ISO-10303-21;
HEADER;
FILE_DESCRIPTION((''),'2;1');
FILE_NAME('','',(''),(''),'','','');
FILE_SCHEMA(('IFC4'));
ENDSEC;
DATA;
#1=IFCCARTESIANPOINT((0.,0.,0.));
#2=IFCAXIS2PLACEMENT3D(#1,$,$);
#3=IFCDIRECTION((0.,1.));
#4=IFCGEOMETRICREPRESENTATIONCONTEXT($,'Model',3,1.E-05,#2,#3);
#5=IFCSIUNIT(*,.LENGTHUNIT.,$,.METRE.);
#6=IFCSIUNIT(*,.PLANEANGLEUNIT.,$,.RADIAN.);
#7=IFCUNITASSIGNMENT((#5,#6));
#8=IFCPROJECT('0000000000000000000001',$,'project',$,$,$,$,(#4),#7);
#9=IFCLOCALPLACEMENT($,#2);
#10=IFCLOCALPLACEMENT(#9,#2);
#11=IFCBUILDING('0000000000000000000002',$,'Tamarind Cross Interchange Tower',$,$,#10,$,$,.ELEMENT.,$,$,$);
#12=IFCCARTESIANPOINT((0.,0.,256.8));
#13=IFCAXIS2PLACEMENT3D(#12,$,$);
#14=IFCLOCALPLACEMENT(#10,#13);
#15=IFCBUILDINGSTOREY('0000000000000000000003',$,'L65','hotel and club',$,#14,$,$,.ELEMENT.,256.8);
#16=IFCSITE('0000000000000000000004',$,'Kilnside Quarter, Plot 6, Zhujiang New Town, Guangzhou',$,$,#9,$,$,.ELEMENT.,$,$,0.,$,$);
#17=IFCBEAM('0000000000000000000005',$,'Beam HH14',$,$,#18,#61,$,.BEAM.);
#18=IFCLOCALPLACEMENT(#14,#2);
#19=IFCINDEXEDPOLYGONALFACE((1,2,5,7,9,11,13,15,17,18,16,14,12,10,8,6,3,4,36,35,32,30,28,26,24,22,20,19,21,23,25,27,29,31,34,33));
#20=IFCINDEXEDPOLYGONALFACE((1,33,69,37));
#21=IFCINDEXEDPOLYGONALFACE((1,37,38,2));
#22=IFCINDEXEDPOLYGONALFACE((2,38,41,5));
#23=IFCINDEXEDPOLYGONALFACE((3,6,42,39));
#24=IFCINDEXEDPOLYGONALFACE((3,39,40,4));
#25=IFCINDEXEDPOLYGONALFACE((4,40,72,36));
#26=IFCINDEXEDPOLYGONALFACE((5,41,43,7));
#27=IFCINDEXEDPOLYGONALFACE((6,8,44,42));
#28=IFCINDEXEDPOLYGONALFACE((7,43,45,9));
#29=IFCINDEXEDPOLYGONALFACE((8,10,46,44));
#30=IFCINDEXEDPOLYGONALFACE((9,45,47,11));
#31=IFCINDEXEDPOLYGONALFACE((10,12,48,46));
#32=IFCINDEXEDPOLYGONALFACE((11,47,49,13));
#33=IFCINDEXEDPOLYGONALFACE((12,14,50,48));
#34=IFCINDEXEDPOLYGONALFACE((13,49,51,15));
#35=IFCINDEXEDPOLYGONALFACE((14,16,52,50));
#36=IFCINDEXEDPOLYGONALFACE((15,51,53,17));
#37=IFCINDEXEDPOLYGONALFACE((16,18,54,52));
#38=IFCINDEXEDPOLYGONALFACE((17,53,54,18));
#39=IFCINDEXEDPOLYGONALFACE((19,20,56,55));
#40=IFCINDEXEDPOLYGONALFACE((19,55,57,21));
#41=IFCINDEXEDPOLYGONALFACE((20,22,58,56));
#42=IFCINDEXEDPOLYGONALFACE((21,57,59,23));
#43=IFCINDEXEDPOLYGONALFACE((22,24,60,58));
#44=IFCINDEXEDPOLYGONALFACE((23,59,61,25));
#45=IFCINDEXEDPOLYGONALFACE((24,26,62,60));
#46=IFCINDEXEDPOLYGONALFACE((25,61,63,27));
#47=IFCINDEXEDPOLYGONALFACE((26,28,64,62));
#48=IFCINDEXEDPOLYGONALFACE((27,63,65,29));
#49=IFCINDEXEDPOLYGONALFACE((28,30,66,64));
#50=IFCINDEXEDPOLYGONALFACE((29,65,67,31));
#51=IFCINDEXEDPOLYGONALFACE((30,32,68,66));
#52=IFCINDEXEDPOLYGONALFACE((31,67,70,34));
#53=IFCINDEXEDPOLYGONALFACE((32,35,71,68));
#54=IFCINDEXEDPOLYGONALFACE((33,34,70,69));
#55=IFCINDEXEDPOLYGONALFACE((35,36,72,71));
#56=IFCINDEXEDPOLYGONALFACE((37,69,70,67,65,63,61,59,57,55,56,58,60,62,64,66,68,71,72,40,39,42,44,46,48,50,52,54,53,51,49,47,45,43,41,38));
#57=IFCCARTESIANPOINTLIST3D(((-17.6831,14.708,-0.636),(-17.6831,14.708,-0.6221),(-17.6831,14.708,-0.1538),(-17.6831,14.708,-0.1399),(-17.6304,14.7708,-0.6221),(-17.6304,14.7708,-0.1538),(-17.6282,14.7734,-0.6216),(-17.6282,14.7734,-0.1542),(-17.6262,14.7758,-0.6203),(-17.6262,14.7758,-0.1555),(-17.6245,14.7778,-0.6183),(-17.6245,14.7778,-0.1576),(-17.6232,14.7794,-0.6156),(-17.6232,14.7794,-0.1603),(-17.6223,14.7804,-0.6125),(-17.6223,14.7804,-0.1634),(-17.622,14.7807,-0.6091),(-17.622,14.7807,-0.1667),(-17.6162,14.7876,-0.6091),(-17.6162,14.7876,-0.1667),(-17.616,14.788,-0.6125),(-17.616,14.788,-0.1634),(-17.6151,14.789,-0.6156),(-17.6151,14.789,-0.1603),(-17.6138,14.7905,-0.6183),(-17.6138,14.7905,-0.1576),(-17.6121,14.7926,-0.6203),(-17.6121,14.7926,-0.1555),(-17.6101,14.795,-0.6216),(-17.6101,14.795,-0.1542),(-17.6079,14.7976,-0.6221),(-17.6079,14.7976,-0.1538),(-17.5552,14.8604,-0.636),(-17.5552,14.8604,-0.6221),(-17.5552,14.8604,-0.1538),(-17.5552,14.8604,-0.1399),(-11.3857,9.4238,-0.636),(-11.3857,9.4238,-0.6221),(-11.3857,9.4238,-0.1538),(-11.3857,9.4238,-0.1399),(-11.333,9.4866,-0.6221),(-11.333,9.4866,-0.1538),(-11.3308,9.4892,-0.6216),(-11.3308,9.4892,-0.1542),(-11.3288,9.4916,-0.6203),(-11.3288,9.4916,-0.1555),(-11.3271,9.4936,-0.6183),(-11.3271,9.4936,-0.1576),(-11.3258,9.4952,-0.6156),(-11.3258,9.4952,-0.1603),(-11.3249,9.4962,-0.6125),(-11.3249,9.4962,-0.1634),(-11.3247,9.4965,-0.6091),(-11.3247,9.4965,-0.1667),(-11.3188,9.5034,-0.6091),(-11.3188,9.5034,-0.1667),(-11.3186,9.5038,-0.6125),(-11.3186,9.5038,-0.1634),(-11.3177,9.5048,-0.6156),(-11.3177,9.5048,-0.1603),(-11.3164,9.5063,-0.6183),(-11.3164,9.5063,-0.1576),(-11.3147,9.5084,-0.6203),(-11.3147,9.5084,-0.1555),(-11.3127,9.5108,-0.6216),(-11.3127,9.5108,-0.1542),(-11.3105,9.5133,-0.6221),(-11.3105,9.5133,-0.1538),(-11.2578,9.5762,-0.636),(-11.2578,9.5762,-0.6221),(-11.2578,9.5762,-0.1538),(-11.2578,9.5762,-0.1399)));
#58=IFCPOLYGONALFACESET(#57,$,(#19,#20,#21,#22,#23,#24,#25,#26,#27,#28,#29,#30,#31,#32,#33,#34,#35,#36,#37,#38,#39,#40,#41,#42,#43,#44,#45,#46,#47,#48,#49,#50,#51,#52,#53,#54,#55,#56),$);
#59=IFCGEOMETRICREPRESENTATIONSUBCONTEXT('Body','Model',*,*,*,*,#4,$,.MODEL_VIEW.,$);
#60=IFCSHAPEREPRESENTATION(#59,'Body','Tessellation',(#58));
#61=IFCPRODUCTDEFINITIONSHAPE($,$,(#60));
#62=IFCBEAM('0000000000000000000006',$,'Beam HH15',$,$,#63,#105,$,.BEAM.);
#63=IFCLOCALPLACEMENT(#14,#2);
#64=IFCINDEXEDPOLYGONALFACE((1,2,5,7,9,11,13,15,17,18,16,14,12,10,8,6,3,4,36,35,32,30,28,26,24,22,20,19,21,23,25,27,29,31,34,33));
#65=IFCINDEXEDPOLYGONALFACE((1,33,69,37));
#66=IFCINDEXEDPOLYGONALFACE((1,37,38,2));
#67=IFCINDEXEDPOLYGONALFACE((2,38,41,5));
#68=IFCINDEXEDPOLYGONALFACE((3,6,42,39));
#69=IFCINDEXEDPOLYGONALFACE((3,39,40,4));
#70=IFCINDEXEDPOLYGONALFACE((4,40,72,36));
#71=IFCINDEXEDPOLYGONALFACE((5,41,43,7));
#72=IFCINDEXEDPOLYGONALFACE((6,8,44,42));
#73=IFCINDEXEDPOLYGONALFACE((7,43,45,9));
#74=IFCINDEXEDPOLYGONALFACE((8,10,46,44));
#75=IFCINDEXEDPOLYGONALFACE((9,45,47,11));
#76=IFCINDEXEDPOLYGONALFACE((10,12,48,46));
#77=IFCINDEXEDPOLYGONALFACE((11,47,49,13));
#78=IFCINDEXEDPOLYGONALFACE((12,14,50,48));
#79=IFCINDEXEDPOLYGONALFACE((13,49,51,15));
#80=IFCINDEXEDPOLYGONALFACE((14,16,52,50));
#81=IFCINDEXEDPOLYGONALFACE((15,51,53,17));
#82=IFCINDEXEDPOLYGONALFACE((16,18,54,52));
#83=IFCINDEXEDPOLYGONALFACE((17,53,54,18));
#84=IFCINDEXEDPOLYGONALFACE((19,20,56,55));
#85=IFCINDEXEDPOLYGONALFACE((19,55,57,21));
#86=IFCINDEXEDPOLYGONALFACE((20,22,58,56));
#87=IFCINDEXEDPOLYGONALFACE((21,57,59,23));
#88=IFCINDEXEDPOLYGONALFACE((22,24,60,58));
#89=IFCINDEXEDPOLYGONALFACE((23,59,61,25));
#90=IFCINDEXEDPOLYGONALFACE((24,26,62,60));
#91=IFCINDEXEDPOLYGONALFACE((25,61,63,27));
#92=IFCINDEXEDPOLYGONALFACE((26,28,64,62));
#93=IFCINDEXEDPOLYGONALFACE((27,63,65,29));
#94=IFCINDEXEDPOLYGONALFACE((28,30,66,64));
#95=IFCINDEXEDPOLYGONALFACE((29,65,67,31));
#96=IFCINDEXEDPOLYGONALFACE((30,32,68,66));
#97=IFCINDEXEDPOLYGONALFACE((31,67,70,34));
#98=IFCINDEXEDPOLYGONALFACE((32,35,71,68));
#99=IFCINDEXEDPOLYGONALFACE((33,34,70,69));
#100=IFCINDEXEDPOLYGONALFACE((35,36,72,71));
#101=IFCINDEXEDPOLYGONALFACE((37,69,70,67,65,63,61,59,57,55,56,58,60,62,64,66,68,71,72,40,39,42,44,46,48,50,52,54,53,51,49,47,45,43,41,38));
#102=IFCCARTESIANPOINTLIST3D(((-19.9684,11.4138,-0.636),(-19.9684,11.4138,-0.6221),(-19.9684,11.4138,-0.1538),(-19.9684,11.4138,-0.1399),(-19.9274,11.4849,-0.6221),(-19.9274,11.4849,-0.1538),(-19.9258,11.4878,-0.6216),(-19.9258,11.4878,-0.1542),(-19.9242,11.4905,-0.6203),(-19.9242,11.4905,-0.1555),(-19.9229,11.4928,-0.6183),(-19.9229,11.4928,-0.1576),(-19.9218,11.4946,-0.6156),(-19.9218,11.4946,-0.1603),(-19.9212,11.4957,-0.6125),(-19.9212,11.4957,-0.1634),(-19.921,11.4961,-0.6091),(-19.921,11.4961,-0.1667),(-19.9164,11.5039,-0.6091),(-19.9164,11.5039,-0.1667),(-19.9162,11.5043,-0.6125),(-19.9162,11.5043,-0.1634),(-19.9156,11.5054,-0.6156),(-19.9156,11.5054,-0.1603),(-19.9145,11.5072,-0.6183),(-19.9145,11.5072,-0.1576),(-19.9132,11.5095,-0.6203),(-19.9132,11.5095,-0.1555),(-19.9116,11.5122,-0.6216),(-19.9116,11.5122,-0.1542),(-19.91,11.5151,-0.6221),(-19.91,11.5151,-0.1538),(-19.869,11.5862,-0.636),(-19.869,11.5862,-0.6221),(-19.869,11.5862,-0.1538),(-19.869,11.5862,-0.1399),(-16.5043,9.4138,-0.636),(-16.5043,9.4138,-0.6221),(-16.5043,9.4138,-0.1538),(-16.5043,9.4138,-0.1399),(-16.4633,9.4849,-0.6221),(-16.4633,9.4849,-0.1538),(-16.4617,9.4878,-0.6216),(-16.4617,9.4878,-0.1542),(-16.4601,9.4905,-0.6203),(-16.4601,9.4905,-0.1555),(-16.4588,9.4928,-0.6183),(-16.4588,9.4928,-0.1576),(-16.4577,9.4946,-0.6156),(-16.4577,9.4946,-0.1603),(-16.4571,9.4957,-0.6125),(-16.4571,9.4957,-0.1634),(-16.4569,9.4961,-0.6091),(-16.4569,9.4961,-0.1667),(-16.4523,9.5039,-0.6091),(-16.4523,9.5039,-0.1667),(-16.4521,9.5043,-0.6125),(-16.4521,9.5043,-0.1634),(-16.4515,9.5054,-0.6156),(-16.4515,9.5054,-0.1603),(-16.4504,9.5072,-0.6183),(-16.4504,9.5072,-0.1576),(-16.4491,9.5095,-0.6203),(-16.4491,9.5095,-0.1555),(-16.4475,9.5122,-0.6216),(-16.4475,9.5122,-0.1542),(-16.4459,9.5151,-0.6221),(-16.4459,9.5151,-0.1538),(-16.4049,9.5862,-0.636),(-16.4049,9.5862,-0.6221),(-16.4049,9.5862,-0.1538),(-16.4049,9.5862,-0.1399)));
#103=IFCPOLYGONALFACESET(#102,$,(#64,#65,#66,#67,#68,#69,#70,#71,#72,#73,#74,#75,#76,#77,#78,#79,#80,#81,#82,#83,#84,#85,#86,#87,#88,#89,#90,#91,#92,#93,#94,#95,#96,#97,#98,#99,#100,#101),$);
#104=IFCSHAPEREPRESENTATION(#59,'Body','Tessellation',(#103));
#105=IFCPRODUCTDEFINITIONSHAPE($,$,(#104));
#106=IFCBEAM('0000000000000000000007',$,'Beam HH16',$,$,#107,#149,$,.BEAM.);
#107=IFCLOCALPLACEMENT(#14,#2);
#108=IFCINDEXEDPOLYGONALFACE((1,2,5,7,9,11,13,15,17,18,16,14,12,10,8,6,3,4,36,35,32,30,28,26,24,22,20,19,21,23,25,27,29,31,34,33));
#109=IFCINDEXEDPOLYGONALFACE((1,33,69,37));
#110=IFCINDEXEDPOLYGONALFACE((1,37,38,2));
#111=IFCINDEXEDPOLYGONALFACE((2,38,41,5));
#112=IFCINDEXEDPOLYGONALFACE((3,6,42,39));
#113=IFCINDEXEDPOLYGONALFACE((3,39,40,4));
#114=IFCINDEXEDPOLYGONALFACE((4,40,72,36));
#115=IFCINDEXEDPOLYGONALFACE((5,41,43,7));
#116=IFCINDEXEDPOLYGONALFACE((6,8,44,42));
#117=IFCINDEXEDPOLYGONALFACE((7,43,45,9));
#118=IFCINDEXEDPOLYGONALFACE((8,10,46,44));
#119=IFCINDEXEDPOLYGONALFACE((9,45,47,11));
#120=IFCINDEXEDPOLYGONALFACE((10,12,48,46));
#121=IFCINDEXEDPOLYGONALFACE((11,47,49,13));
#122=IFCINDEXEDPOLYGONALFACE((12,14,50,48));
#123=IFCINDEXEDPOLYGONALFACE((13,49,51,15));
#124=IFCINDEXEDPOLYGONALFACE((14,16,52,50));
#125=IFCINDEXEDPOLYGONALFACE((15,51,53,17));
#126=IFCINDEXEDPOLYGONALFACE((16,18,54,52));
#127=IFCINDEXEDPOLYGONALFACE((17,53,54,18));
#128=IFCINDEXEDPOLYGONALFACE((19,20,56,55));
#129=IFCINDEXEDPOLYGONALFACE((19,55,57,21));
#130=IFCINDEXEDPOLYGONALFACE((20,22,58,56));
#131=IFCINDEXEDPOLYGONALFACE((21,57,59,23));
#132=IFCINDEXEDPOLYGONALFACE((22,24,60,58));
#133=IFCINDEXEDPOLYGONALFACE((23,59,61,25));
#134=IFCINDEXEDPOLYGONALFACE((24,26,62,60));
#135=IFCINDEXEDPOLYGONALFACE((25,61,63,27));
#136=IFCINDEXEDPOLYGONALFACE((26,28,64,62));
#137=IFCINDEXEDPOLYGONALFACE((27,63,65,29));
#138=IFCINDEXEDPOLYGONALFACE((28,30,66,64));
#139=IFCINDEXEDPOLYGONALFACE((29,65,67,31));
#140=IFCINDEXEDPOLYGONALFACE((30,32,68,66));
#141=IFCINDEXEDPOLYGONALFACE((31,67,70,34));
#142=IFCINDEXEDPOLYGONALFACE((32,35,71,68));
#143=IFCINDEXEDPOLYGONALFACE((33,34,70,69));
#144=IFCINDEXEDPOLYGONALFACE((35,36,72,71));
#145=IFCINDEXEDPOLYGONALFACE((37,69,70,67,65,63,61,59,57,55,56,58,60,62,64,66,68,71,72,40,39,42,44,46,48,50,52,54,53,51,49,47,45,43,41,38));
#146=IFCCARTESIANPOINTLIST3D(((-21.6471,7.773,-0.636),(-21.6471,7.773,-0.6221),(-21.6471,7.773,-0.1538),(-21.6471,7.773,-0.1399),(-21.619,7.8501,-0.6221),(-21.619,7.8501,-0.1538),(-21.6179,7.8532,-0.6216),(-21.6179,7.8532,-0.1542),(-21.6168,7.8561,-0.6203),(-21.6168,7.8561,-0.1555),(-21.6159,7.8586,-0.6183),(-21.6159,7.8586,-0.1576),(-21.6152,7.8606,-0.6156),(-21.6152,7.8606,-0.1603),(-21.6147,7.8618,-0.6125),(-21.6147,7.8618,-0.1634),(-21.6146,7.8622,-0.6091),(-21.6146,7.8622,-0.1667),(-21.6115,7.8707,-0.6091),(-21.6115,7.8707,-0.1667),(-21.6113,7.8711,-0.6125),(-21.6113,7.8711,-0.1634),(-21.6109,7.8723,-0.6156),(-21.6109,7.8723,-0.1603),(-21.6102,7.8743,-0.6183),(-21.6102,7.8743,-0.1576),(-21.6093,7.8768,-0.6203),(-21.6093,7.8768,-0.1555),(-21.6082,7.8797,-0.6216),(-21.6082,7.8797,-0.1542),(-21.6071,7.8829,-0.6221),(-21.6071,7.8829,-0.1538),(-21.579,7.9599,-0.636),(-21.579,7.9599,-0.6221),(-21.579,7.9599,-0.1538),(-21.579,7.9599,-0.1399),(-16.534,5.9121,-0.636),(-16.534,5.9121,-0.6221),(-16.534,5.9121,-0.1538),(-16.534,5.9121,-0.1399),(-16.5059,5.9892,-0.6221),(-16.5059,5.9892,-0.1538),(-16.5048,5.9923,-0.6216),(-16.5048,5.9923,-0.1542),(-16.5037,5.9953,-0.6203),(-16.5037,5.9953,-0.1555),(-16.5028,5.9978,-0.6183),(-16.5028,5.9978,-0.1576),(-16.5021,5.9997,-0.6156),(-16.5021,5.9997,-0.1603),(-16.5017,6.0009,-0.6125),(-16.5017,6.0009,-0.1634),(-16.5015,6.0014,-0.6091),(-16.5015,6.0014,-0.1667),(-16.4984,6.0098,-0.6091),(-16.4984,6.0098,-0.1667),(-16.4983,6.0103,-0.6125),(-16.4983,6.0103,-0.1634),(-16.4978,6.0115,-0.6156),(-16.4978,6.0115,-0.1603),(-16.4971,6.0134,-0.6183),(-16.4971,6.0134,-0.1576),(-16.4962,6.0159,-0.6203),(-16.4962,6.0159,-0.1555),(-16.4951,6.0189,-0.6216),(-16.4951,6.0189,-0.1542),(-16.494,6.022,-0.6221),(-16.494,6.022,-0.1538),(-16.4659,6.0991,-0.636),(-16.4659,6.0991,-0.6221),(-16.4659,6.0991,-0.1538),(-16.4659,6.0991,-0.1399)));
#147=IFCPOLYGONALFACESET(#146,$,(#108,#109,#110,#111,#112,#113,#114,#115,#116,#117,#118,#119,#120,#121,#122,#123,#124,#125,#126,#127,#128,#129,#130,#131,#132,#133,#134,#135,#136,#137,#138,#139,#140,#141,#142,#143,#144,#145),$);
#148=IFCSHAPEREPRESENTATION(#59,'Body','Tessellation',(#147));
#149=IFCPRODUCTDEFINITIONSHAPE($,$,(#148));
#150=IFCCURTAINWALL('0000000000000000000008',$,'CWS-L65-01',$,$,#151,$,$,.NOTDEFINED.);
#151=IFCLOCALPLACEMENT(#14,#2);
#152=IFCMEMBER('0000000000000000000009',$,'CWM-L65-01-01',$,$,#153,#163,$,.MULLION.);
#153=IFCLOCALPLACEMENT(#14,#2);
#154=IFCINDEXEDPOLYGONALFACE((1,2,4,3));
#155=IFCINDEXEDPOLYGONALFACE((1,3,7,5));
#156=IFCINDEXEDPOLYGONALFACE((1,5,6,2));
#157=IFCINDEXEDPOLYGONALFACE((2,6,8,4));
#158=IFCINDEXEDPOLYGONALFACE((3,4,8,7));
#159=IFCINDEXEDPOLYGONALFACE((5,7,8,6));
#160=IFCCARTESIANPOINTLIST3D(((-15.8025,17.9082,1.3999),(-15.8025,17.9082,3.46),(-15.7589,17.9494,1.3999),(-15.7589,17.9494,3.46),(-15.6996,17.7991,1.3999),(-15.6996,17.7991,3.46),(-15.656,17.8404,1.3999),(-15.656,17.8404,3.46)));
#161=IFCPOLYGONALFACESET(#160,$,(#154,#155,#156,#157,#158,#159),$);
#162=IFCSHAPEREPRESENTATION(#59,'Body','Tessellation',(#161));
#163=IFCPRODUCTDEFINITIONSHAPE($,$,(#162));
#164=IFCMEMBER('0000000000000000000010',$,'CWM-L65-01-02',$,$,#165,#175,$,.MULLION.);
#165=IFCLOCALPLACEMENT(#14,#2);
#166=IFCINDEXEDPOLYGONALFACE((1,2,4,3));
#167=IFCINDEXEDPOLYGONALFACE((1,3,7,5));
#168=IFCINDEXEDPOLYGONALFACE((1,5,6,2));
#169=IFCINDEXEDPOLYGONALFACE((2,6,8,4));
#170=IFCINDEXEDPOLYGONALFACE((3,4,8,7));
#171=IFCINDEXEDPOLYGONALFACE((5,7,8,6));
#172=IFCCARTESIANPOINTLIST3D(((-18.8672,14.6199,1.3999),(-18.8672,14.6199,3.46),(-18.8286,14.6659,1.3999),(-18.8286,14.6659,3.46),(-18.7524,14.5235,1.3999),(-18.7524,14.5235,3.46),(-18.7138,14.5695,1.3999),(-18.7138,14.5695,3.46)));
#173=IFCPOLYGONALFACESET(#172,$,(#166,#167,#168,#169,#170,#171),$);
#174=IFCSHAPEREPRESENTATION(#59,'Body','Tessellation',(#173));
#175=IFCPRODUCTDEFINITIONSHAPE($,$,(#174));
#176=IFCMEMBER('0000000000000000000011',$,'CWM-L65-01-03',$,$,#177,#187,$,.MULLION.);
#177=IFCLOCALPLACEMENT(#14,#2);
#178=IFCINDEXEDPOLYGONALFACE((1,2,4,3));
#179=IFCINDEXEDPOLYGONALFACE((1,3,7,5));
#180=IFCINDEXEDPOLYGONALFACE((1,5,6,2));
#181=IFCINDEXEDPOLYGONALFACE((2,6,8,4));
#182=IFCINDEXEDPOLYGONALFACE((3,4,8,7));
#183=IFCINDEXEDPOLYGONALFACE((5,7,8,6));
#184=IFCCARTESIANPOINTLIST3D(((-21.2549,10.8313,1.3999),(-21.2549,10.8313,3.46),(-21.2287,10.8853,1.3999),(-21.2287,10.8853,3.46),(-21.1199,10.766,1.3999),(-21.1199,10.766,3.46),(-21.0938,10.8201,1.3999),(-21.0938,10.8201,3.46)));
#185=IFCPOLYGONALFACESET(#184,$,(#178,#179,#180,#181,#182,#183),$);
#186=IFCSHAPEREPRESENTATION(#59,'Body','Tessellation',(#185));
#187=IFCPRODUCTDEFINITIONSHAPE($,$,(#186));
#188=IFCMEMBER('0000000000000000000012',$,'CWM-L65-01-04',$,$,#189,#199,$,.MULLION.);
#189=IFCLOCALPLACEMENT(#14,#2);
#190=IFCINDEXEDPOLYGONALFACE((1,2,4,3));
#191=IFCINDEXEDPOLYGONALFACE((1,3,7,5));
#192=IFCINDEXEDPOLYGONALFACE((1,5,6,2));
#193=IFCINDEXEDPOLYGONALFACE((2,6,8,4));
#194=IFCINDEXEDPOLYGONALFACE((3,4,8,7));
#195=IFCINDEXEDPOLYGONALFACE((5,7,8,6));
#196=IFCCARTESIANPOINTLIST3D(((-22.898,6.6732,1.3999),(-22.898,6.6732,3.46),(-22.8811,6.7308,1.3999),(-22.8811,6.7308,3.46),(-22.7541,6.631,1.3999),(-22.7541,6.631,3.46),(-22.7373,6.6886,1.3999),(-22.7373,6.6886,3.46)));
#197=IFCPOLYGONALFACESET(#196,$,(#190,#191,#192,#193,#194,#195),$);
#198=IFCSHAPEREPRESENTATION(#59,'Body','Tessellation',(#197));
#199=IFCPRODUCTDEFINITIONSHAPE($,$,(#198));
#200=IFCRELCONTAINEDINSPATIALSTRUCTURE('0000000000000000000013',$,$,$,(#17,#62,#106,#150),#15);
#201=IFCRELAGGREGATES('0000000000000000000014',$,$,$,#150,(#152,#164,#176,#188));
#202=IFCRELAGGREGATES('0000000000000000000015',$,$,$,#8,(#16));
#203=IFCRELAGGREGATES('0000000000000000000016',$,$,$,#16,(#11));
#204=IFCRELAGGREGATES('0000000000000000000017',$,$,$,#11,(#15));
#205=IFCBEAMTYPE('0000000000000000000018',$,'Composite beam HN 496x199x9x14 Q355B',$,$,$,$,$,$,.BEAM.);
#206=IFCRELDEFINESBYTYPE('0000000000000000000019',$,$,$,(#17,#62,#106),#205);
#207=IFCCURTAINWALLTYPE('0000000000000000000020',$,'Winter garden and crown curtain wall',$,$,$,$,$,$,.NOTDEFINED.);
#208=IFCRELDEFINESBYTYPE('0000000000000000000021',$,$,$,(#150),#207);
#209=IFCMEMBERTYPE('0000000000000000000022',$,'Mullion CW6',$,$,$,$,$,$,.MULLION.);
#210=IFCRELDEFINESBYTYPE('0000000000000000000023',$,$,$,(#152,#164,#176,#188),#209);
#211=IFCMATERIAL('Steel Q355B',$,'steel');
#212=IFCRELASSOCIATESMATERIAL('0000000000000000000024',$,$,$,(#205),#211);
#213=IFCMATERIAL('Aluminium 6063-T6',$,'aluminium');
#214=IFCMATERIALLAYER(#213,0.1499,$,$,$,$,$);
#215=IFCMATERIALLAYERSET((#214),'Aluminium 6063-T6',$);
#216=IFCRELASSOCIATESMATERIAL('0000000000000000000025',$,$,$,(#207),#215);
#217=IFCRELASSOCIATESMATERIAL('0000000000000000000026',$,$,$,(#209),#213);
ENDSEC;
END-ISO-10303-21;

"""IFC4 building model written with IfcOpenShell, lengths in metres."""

from ifc_helpers import new_model, si_unit, direction, frame, origin, origin_2d, place, context, subcontext, project, spatial, rectangle, i_section, extrude, material, layer, layer_set, material_profile, profile_set, type_object, element, aggregate, save


model = new_model("IFC4")

# Units and contexts
model_context = context("Model", 3, precision=1e-05, world=origin(), true_north=direction((0.0, 1.0)))
body_context = subcontext(model_context, "Body", "Model", "MODEL_VIEW")
ifc_project = project(units=[si_unit("LENGTHUNIT", "METRE"), si_unit("PLANEANGLEUNIT", "RADIAN")], contexts=[model_context])

# Site, building, storey
site_placement = place(None, origin())
site = spatial("IfcSite", under=ifc_project, at=site_placement, Name="Kilnside Quarter, Plot 6, Zhujiang New Town, Guangzhou", CompositionType="ELEMENT", RefElevation=0.0)
building_placement = place(site_placement, origin())
building = spatial("IfcBuilding", under=site, at=building_placement, Name="Tamarind Cross Interchange Tower", CompositionType="ELEMENT")
storey_placement = place(building_placement, frame((0.0, 0.0, 256.8)))
storey = spatial("IfcBuildingStorey", under=building, at=storey_placement, Name="L65", Description="hotel and club", CompositionType="ELEMENT", Elevation=256.8)

# Beams
ifc_material_1 = material(Name="Steel Q355B", Category="steel")
ifc_material_profile_1 = material_profile(ifc_material_1, i_section(OverallWidth=0.199, OverallDepth=0.4961, WebThickness=0.009, FlangeThickness=0.0139, FilletRadius=0.0129, at=origin_2d()), Name="HN 496x199x9x14")
ifc_profile_set_1 = profile_set([ifc_material_profile_1], Name="Steel Q355B")
beam_type = type_object("IfcBeamType", Name="Composite beam HN 496x199x9x14 Q355B", PredefinedType="BEAM", material=ifc_profile_set_1)
beam_1_placement = place(storey_placement, frame((-17.6191, 14.7842, -0.3879), z_axis=(0.766041, -0.642792, 0.0), x_axis=(0.642792, 0.766041, 0.0)))
element("IfcBeam", 1, at=beam_1_placement, inside=storey, type_object=beam_type, Name="Beam HH14", PredefinedType="BEAM", context=body_context, shape_type="SweptSolid", body=[
    extrude(i_section(OverallWidth=0.199, OverallDepth=0.4961, WebThickness=0.009, FlangeThickness=0.0139, FilletRadius=0.0129, at=origin_2d()), origin(), (0.0, 0.0, 1.0), 8.2207),
])
beam_2_placement = place(storey_placement, frame((-19.9187, 11.5, -0.3879), z_axis=(0.866026, -0.499999, 0.0), x_axis=(0.499999, 0.866026, 0.0)))
element("IfcBeam", 2, at=beam_2_placement, inside=storey, type_object=beam_type, Name="Beam HH15", PredefinedType="BEAM", context=body_context, shape_type="SweptSolid", body=[
    extrude(i_section(OverallWidth=0.199, OverallDepth=0.4961, WebThickness=0.009, FlangeThickness=0.0139, FilletRadius=0.0129, at=origin_2d()), origin(), (0.0, 0.0, 1.0), 4.0),
])
beam_3_placement = place(storey_placement, frame((-21.613, 7.8665, -0.3879), z_axis=(0.939702, -0.341995, 0.0), x_axis=(0.341995, 0.939702, 0.0)))
element("IfcBeam", 3, at=beam_3_placement, inside=storey, type_object=beam_type, Name="Beam HH16", PredefinedType="BEAM", context=body_context, shape_type="SweptSolid", body=[
    extrude(i_section(OverallWidth=0.199, OverallDepth=0.4961, WebThickness=0.009, FlangeThickness=0.0139, FilletRadius=0.0129, at=origin_2d()), origin(), (0.0, 0.0, 1.0), 5.4412),
])

# Curtain wall, members
ifc_material_2 = material(Name="Aluminium 6063-T6", Category="aluminium")
ifc_layer_1 = layer(ifc_material_2, 0.1499)
ifc_layer_set_1 = layer_set([ifc_layer_1], Name="Aluminium 6063-T6")
curtain_wall_type = type_object("IfcCurtainWallType", Name="Winter garden and crown curtain wall", PredefinedType="NOTDEFINED", material=ifc_layer_set_1)
curtain_wall_placement = place(storey_placement, origin())
curtain_wall = element("IfcCurtainWall", 4, at=curtain_wall_placement, inside=storey, type_object=curtain_wall_type, Name="CWS-L65-01", PredefinedType="NOTDEFINED")
ifc_material_profile_2 = material_profile(ifc_material_2, rectangle(XDim=0.0601, YDim=0.1499, at=origin_2d()), Name="Mullion CW6")
ifc_profile_set_2 = profile_set([ifc_material_profile_2], Name="Aluminium 6063-T6")
member_type = type_object("IfcMemberType", Name="Mullion CW6", PredefinedType="MULLION", material=ifc_profile_set_2)
member_1_placement = place(storey_placement, frame((-15.7292, 17.8743, 1.3999), z_axis=(0.0, 0.0, 1.0), x_axis=(-0.72725, -0.686373, 0.0)))
member_1 = element("IfcMember", 5, at=member_1_placement, type_object=member_type, Name="CWM-L65-01-01", PredefinedType="MULLION", context=body_context, shape_type="SweptSolid", body=[
    extrude(rectangle(XDim=0.0601, YDim=0.1499, at=origin_2d()), origin(), (0.0, 0.0, 1.0), 2.0601),
])
member_2_placement = place(storey_placement, frame((-18.7905, 14.5947, 1.3999), z_axis=(0.0, 0.0, 1.0), x_axis=(-0.643009, -0.765858, 0.0)))
member_2 = element("IfcMember", 6, at=member_2_placement, type_object=member_type, Name="CWM-L65-01-02", PredefinedType="MULLION", context=body_context, shape_type="SweptSolid", body=[
    extrude(rectangle(XDim=0.0601, YDim=0.1499, at=origin_2d()), origin(), (0.0, 0.0, 1.0), 2.0601),
])
member_3_placement = place(storey_placement, frame((-21.1743, 10.8257, 1.3999), z_axis=(0.0, 0.0, 1.0), x_axis=(-0.435326, -0.900273, 0.0)))
member_3 = element("IfcMember", 7, at=member_3_placement, type_object=member_type, Name="CWM-L65-01-03", PredefinedType="MULLION", context=body_context, shape_type="SweptSolid", body=[
    extrude(rectangle(XDim=0.0601, YDim=0.1499, at=origin_2d()), origin(), (0.0, 0.0, 1.0), 2.0601),
])
member_4_placement = place(storey_placement, frame((-22.8176, 6.6809, 1.3999), z_axis=(0.0, 0.0, 1.0), x_axis=(-0.281209, -0.959647, 0.0)))
member_4 = element("IfcMember", 8, at=member_4_placement, type_object=member_type, Name="CWM-L65-01-04", PredefinedType="MULLION", context=body_context, shape_type="SweptSolid", body=[
    extrude(rectangle(XDim=0.0601, YDim=0.1499, at=origin_2d()), origin(), (0.0, 0.0, 1.0), 2.0601),
])
aggregate(curtain_wall, [member_1, member_2, member_3, member_4])

save(model, "model.ifc")
